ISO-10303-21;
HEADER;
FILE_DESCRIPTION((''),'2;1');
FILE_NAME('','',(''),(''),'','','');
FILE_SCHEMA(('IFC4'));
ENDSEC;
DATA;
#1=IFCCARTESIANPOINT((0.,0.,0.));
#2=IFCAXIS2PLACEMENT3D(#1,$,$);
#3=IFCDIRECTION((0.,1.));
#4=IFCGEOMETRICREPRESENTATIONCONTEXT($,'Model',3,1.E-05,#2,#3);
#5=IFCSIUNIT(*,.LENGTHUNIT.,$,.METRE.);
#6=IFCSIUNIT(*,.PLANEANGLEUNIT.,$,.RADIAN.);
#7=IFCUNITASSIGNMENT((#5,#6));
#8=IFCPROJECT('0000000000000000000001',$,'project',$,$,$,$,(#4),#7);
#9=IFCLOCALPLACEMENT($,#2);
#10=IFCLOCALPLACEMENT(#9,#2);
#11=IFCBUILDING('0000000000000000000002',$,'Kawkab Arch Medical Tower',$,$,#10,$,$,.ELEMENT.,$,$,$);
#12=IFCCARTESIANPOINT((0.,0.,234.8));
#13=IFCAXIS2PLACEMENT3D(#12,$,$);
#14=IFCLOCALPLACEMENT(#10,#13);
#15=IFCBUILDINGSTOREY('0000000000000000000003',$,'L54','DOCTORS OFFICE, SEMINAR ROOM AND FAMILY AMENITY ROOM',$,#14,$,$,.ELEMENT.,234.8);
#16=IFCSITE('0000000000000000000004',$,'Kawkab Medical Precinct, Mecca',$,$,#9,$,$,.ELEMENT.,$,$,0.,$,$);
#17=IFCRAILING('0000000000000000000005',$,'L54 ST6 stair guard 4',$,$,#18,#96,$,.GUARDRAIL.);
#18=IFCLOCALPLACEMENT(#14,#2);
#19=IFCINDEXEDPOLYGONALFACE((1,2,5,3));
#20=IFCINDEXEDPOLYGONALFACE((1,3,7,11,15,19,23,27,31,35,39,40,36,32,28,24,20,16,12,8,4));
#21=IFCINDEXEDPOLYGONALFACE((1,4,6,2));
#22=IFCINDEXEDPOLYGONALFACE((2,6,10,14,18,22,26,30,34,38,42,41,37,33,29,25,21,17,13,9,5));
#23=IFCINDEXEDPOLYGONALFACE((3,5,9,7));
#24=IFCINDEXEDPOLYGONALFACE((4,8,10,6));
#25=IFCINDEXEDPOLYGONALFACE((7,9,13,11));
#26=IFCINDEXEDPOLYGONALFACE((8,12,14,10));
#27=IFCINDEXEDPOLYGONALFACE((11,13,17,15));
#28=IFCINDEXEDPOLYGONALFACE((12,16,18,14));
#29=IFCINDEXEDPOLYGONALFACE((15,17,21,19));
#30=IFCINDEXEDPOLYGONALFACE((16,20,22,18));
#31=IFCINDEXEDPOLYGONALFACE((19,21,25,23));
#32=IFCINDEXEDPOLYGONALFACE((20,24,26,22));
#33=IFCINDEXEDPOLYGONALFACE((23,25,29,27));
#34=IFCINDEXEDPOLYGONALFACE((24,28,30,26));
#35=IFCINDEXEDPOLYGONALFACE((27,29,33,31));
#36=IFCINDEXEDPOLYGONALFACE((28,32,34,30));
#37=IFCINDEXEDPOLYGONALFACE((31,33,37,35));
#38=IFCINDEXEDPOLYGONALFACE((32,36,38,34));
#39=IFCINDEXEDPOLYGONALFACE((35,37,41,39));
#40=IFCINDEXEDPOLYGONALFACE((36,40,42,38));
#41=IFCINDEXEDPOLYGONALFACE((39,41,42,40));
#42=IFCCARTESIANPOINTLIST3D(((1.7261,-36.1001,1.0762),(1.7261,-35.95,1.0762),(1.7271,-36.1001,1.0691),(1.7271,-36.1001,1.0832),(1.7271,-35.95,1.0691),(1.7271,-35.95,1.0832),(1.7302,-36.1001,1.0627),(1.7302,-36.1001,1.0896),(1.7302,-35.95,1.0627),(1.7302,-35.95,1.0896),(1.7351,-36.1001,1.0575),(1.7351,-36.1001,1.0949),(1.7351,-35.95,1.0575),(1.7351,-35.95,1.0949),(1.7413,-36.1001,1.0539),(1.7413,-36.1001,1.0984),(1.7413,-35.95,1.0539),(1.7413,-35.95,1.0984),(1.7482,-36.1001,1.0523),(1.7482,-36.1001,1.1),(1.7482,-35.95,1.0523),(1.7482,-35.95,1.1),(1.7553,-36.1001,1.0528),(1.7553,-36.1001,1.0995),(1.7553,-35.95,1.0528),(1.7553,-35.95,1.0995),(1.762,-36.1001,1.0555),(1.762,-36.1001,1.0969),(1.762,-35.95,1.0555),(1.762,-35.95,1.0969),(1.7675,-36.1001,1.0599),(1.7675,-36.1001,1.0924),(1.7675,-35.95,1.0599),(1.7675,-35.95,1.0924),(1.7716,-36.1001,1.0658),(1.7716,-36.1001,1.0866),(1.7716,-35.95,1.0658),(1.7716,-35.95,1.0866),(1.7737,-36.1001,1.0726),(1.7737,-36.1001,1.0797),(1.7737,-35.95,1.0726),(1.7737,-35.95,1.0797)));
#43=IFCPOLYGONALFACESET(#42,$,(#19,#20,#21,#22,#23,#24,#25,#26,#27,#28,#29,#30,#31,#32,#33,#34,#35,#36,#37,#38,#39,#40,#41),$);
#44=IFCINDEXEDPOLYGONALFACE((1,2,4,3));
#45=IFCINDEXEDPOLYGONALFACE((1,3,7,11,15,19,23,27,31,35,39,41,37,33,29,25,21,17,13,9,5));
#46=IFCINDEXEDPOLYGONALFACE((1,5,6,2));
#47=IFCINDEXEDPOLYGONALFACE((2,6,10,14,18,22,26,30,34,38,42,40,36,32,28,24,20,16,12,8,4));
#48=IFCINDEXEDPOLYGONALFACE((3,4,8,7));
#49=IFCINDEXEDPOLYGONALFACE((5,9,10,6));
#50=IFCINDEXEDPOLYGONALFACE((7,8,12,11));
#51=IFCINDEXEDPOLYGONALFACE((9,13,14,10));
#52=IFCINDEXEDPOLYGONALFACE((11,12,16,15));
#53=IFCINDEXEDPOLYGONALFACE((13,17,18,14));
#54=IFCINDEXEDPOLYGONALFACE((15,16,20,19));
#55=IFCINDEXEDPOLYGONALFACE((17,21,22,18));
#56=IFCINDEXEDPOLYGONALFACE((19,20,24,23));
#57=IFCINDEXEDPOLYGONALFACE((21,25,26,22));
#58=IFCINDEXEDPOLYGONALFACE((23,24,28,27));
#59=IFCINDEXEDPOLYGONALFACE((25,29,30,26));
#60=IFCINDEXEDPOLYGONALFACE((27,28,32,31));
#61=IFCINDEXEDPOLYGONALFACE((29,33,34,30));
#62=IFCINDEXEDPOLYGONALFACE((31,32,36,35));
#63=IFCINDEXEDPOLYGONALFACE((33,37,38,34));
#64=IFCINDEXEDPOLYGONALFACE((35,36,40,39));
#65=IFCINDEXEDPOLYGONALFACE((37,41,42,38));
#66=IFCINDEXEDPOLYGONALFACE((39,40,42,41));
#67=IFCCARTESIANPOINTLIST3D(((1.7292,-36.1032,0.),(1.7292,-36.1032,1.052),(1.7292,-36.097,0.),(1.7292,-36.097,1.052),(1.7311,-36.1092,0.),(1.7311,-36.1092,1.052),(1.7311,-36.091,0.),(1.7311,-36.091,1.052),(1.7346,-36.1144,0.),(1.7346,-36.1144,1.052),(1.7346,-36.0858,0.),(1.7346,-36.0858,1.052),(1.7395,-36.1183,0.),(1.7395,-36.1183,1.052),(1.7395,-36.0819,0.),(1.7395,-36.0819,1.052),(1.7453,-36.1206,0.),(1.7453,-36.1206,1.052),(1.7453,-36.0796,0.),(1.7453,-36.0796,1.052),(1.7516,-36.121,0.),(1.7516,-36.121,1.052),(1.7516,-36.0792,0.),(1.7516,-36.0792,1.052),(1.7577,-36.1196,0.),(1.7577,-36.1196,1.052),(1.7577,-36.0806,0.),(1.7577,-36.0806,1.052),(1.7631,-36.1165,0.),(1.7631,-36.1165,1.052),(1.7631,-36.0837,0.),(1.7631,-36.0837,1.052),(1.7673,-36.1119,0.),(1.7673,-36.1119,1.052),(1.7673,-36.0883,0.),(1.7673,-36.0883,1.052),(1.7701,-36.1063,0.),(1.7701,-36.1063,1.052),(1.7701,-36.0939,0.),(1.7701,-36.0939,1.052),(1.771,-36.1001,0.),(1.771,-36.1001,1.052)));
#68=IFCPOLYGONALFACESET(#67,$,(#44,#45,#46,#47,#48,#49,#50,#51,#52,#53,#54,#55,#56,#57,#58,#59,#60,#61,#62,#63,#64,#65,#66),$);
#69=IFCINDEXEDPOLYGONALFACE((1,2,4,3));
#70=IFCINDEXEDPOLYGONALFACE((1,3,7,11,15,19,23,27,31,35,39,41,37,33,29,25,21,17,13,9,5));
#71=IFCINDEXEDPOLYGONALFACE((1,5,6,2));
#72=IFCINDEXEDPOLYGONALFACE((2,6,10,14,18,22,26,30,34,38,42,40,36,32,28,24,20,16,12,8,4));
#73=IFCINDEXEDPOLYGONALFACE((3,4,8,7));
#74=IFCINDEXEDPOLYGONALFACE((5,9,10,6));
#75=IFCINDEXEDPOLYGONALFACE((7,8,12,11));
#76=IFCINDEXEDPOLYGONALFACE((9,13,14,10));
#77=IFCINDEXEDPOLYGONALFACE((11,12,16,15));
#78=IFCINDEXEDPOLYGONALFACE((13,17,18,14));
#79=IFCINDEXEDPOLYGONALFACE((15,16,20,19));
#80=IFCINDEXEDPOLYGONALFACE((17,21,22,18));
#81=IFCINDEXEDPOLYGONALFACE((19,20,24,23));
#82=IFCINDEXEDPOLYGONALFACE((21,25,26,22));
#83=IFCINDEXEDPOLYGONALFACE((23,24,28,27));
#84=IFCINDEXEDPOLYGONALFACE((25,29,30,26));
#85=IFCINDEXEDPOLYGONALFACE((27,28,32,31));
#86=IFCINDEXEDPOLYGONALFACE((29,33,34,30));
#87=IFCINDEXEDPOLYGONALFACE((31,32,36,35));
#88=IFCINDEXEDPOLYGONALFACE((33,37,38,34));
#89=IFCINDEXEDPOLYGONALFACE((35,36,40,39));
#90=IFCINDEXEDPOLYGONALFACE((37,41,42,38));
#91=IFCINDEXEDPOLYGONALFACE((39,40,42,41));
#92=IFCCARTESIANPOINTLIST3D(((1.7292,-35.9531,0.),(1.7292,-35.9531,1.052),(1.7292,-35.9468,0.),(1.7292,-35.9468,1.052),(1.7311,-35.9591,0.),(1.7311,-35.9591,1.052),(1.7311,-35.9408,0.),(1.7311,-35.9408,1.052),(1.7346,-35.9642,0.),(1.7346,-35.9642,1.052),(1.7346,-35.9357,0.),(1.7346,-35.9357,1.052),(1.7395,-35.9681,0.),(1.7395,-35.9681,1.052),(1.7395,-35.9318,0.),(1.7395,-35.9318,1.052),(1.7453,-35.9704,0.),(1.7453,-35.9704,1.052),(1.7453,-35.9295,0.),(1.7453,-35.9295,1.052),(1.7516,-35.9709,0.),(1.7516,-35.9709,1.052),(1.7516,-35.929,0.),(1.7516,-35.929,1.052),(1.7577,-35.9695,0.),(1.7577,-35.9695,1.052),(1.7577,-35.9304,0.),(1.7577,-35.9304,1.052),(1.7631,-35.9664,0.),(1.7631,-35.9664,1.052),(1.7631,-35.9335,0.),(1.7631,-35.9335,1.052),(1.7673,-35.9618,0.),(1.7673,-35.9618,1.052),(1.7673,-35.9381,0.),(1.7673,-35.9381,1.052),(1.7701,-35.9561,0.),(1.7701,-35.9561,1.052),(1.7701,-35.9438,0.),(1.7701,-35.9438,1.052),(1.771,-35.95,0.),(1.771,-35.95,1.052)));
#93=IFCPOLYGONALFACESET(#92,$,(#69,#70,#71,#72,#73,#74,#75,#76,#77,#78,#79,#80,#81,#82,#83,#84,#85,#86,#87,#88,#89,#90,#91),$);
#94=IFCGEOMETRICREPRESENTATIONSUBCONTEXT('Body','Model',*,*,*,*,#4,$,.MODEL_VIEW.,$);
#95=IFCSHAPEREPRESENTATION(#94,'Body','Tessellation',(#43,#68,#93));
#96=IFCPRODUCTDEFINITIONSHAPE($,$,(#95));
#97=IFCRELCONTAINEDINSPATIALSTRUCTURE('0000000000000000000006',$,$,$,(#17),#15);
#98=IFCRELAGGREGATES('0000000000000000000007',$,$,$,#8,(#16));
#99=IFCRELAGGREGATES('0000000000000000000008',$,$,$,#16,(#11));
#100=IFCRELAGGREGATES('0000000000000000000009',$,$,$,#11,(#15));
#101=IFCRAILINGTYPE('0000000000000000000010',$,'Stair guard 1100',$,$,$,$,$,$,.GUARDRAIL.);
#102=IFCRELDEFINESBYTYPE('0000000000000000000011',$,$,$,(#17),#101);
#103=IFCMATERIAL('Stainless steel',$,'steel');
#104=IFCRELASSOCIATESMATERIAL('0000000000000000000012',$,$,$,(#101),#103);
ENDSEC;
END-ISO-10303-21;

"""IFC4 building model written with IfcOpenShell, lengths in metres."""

from ifc_helpers import new_model, si_unit, direction, frame, origin, origin_2d, place, context, subcontext, project, spatial, circle, extrude, material, type_object, element, save


model = new_model("IFC4")

# Units and contexts
model_context = context("Model", 3, precision=1e-05, world=origin(), true_north=direction((0.0, 1.0)))
body_context = subcontext(model_context, "Body", "Model", "MODEL_VIEW")
ifc_project = project(units=[si_unit("LENGTHUNIT", "METRE"), si_unit("PLANEANGLEUNIT", "RADIAN")], contexts=[model_context])

# Site, building, storey
site_placement = place(None, origin())
site = spatial("IfcSite", under=ifc_project, at=site_placement, Name="Kawkab Medical Precinct, Mecca", CompositionType="ELEMENT", RefElevation=0.0)
building_placement = place(site_placement, origin())
building = spatial("IfcBuilding", under=site, at=building_placement, Name="Kawkab Arch Medical Tower", CompositionType="ELEMENT")
storey_placement = place(building_placement, frame((0.0, 0.0, 234.8)))
storey = spatial("IfcBuildingStorey", under=building, at=storey_placement, Name="L54", Description="DOCTORS OFFICE, SEMINAR ROOM AND FAMILY AMENITY ROOM", CompositionType="ELEMENT", Elevation=234.8)

# Railing
ifc_material_1 = material(Name="Stainless steel", Category="steel")
railing_type_1 = type_object("IfcRailingType", Name="Stair guard 1100", PredefinedType="GUARDRAIL", material=ifc_material_1)
railing_1_placement = place(storey_placement, frame((1.75, -36.1001, 0.0)))
element("IfcRailing", 1, at=railing_1_placement, inside=storey, type_object=railing_type_1, Name="L54 ST6 stair guard 4", PredefinedType="GUARDRAIL", context=body_context, shape_type="SweptSolid", body=[
    extrude(circle(Radius=0.0239, at=origin_2d()), frame((0.0, 0.0, 1.0762), z_axis=(0.0, 1.0, 0.0), x_axis=(-1.0, 0.0, 0.0)), (0.0, 0.0, 1.0), 0.1501),
    extrude(circle(Radius=0.021, at=origin_2d()), origin(), (0.0, 0.0, 1.0), 1.052),
    extrude(circle(Radius=0.021, at=origin_2d()), frame((0.0, 0.1501, 0.0)), (0.0, 0.0, 1.0), 1.052),
])

save(model, "model.ifc")
